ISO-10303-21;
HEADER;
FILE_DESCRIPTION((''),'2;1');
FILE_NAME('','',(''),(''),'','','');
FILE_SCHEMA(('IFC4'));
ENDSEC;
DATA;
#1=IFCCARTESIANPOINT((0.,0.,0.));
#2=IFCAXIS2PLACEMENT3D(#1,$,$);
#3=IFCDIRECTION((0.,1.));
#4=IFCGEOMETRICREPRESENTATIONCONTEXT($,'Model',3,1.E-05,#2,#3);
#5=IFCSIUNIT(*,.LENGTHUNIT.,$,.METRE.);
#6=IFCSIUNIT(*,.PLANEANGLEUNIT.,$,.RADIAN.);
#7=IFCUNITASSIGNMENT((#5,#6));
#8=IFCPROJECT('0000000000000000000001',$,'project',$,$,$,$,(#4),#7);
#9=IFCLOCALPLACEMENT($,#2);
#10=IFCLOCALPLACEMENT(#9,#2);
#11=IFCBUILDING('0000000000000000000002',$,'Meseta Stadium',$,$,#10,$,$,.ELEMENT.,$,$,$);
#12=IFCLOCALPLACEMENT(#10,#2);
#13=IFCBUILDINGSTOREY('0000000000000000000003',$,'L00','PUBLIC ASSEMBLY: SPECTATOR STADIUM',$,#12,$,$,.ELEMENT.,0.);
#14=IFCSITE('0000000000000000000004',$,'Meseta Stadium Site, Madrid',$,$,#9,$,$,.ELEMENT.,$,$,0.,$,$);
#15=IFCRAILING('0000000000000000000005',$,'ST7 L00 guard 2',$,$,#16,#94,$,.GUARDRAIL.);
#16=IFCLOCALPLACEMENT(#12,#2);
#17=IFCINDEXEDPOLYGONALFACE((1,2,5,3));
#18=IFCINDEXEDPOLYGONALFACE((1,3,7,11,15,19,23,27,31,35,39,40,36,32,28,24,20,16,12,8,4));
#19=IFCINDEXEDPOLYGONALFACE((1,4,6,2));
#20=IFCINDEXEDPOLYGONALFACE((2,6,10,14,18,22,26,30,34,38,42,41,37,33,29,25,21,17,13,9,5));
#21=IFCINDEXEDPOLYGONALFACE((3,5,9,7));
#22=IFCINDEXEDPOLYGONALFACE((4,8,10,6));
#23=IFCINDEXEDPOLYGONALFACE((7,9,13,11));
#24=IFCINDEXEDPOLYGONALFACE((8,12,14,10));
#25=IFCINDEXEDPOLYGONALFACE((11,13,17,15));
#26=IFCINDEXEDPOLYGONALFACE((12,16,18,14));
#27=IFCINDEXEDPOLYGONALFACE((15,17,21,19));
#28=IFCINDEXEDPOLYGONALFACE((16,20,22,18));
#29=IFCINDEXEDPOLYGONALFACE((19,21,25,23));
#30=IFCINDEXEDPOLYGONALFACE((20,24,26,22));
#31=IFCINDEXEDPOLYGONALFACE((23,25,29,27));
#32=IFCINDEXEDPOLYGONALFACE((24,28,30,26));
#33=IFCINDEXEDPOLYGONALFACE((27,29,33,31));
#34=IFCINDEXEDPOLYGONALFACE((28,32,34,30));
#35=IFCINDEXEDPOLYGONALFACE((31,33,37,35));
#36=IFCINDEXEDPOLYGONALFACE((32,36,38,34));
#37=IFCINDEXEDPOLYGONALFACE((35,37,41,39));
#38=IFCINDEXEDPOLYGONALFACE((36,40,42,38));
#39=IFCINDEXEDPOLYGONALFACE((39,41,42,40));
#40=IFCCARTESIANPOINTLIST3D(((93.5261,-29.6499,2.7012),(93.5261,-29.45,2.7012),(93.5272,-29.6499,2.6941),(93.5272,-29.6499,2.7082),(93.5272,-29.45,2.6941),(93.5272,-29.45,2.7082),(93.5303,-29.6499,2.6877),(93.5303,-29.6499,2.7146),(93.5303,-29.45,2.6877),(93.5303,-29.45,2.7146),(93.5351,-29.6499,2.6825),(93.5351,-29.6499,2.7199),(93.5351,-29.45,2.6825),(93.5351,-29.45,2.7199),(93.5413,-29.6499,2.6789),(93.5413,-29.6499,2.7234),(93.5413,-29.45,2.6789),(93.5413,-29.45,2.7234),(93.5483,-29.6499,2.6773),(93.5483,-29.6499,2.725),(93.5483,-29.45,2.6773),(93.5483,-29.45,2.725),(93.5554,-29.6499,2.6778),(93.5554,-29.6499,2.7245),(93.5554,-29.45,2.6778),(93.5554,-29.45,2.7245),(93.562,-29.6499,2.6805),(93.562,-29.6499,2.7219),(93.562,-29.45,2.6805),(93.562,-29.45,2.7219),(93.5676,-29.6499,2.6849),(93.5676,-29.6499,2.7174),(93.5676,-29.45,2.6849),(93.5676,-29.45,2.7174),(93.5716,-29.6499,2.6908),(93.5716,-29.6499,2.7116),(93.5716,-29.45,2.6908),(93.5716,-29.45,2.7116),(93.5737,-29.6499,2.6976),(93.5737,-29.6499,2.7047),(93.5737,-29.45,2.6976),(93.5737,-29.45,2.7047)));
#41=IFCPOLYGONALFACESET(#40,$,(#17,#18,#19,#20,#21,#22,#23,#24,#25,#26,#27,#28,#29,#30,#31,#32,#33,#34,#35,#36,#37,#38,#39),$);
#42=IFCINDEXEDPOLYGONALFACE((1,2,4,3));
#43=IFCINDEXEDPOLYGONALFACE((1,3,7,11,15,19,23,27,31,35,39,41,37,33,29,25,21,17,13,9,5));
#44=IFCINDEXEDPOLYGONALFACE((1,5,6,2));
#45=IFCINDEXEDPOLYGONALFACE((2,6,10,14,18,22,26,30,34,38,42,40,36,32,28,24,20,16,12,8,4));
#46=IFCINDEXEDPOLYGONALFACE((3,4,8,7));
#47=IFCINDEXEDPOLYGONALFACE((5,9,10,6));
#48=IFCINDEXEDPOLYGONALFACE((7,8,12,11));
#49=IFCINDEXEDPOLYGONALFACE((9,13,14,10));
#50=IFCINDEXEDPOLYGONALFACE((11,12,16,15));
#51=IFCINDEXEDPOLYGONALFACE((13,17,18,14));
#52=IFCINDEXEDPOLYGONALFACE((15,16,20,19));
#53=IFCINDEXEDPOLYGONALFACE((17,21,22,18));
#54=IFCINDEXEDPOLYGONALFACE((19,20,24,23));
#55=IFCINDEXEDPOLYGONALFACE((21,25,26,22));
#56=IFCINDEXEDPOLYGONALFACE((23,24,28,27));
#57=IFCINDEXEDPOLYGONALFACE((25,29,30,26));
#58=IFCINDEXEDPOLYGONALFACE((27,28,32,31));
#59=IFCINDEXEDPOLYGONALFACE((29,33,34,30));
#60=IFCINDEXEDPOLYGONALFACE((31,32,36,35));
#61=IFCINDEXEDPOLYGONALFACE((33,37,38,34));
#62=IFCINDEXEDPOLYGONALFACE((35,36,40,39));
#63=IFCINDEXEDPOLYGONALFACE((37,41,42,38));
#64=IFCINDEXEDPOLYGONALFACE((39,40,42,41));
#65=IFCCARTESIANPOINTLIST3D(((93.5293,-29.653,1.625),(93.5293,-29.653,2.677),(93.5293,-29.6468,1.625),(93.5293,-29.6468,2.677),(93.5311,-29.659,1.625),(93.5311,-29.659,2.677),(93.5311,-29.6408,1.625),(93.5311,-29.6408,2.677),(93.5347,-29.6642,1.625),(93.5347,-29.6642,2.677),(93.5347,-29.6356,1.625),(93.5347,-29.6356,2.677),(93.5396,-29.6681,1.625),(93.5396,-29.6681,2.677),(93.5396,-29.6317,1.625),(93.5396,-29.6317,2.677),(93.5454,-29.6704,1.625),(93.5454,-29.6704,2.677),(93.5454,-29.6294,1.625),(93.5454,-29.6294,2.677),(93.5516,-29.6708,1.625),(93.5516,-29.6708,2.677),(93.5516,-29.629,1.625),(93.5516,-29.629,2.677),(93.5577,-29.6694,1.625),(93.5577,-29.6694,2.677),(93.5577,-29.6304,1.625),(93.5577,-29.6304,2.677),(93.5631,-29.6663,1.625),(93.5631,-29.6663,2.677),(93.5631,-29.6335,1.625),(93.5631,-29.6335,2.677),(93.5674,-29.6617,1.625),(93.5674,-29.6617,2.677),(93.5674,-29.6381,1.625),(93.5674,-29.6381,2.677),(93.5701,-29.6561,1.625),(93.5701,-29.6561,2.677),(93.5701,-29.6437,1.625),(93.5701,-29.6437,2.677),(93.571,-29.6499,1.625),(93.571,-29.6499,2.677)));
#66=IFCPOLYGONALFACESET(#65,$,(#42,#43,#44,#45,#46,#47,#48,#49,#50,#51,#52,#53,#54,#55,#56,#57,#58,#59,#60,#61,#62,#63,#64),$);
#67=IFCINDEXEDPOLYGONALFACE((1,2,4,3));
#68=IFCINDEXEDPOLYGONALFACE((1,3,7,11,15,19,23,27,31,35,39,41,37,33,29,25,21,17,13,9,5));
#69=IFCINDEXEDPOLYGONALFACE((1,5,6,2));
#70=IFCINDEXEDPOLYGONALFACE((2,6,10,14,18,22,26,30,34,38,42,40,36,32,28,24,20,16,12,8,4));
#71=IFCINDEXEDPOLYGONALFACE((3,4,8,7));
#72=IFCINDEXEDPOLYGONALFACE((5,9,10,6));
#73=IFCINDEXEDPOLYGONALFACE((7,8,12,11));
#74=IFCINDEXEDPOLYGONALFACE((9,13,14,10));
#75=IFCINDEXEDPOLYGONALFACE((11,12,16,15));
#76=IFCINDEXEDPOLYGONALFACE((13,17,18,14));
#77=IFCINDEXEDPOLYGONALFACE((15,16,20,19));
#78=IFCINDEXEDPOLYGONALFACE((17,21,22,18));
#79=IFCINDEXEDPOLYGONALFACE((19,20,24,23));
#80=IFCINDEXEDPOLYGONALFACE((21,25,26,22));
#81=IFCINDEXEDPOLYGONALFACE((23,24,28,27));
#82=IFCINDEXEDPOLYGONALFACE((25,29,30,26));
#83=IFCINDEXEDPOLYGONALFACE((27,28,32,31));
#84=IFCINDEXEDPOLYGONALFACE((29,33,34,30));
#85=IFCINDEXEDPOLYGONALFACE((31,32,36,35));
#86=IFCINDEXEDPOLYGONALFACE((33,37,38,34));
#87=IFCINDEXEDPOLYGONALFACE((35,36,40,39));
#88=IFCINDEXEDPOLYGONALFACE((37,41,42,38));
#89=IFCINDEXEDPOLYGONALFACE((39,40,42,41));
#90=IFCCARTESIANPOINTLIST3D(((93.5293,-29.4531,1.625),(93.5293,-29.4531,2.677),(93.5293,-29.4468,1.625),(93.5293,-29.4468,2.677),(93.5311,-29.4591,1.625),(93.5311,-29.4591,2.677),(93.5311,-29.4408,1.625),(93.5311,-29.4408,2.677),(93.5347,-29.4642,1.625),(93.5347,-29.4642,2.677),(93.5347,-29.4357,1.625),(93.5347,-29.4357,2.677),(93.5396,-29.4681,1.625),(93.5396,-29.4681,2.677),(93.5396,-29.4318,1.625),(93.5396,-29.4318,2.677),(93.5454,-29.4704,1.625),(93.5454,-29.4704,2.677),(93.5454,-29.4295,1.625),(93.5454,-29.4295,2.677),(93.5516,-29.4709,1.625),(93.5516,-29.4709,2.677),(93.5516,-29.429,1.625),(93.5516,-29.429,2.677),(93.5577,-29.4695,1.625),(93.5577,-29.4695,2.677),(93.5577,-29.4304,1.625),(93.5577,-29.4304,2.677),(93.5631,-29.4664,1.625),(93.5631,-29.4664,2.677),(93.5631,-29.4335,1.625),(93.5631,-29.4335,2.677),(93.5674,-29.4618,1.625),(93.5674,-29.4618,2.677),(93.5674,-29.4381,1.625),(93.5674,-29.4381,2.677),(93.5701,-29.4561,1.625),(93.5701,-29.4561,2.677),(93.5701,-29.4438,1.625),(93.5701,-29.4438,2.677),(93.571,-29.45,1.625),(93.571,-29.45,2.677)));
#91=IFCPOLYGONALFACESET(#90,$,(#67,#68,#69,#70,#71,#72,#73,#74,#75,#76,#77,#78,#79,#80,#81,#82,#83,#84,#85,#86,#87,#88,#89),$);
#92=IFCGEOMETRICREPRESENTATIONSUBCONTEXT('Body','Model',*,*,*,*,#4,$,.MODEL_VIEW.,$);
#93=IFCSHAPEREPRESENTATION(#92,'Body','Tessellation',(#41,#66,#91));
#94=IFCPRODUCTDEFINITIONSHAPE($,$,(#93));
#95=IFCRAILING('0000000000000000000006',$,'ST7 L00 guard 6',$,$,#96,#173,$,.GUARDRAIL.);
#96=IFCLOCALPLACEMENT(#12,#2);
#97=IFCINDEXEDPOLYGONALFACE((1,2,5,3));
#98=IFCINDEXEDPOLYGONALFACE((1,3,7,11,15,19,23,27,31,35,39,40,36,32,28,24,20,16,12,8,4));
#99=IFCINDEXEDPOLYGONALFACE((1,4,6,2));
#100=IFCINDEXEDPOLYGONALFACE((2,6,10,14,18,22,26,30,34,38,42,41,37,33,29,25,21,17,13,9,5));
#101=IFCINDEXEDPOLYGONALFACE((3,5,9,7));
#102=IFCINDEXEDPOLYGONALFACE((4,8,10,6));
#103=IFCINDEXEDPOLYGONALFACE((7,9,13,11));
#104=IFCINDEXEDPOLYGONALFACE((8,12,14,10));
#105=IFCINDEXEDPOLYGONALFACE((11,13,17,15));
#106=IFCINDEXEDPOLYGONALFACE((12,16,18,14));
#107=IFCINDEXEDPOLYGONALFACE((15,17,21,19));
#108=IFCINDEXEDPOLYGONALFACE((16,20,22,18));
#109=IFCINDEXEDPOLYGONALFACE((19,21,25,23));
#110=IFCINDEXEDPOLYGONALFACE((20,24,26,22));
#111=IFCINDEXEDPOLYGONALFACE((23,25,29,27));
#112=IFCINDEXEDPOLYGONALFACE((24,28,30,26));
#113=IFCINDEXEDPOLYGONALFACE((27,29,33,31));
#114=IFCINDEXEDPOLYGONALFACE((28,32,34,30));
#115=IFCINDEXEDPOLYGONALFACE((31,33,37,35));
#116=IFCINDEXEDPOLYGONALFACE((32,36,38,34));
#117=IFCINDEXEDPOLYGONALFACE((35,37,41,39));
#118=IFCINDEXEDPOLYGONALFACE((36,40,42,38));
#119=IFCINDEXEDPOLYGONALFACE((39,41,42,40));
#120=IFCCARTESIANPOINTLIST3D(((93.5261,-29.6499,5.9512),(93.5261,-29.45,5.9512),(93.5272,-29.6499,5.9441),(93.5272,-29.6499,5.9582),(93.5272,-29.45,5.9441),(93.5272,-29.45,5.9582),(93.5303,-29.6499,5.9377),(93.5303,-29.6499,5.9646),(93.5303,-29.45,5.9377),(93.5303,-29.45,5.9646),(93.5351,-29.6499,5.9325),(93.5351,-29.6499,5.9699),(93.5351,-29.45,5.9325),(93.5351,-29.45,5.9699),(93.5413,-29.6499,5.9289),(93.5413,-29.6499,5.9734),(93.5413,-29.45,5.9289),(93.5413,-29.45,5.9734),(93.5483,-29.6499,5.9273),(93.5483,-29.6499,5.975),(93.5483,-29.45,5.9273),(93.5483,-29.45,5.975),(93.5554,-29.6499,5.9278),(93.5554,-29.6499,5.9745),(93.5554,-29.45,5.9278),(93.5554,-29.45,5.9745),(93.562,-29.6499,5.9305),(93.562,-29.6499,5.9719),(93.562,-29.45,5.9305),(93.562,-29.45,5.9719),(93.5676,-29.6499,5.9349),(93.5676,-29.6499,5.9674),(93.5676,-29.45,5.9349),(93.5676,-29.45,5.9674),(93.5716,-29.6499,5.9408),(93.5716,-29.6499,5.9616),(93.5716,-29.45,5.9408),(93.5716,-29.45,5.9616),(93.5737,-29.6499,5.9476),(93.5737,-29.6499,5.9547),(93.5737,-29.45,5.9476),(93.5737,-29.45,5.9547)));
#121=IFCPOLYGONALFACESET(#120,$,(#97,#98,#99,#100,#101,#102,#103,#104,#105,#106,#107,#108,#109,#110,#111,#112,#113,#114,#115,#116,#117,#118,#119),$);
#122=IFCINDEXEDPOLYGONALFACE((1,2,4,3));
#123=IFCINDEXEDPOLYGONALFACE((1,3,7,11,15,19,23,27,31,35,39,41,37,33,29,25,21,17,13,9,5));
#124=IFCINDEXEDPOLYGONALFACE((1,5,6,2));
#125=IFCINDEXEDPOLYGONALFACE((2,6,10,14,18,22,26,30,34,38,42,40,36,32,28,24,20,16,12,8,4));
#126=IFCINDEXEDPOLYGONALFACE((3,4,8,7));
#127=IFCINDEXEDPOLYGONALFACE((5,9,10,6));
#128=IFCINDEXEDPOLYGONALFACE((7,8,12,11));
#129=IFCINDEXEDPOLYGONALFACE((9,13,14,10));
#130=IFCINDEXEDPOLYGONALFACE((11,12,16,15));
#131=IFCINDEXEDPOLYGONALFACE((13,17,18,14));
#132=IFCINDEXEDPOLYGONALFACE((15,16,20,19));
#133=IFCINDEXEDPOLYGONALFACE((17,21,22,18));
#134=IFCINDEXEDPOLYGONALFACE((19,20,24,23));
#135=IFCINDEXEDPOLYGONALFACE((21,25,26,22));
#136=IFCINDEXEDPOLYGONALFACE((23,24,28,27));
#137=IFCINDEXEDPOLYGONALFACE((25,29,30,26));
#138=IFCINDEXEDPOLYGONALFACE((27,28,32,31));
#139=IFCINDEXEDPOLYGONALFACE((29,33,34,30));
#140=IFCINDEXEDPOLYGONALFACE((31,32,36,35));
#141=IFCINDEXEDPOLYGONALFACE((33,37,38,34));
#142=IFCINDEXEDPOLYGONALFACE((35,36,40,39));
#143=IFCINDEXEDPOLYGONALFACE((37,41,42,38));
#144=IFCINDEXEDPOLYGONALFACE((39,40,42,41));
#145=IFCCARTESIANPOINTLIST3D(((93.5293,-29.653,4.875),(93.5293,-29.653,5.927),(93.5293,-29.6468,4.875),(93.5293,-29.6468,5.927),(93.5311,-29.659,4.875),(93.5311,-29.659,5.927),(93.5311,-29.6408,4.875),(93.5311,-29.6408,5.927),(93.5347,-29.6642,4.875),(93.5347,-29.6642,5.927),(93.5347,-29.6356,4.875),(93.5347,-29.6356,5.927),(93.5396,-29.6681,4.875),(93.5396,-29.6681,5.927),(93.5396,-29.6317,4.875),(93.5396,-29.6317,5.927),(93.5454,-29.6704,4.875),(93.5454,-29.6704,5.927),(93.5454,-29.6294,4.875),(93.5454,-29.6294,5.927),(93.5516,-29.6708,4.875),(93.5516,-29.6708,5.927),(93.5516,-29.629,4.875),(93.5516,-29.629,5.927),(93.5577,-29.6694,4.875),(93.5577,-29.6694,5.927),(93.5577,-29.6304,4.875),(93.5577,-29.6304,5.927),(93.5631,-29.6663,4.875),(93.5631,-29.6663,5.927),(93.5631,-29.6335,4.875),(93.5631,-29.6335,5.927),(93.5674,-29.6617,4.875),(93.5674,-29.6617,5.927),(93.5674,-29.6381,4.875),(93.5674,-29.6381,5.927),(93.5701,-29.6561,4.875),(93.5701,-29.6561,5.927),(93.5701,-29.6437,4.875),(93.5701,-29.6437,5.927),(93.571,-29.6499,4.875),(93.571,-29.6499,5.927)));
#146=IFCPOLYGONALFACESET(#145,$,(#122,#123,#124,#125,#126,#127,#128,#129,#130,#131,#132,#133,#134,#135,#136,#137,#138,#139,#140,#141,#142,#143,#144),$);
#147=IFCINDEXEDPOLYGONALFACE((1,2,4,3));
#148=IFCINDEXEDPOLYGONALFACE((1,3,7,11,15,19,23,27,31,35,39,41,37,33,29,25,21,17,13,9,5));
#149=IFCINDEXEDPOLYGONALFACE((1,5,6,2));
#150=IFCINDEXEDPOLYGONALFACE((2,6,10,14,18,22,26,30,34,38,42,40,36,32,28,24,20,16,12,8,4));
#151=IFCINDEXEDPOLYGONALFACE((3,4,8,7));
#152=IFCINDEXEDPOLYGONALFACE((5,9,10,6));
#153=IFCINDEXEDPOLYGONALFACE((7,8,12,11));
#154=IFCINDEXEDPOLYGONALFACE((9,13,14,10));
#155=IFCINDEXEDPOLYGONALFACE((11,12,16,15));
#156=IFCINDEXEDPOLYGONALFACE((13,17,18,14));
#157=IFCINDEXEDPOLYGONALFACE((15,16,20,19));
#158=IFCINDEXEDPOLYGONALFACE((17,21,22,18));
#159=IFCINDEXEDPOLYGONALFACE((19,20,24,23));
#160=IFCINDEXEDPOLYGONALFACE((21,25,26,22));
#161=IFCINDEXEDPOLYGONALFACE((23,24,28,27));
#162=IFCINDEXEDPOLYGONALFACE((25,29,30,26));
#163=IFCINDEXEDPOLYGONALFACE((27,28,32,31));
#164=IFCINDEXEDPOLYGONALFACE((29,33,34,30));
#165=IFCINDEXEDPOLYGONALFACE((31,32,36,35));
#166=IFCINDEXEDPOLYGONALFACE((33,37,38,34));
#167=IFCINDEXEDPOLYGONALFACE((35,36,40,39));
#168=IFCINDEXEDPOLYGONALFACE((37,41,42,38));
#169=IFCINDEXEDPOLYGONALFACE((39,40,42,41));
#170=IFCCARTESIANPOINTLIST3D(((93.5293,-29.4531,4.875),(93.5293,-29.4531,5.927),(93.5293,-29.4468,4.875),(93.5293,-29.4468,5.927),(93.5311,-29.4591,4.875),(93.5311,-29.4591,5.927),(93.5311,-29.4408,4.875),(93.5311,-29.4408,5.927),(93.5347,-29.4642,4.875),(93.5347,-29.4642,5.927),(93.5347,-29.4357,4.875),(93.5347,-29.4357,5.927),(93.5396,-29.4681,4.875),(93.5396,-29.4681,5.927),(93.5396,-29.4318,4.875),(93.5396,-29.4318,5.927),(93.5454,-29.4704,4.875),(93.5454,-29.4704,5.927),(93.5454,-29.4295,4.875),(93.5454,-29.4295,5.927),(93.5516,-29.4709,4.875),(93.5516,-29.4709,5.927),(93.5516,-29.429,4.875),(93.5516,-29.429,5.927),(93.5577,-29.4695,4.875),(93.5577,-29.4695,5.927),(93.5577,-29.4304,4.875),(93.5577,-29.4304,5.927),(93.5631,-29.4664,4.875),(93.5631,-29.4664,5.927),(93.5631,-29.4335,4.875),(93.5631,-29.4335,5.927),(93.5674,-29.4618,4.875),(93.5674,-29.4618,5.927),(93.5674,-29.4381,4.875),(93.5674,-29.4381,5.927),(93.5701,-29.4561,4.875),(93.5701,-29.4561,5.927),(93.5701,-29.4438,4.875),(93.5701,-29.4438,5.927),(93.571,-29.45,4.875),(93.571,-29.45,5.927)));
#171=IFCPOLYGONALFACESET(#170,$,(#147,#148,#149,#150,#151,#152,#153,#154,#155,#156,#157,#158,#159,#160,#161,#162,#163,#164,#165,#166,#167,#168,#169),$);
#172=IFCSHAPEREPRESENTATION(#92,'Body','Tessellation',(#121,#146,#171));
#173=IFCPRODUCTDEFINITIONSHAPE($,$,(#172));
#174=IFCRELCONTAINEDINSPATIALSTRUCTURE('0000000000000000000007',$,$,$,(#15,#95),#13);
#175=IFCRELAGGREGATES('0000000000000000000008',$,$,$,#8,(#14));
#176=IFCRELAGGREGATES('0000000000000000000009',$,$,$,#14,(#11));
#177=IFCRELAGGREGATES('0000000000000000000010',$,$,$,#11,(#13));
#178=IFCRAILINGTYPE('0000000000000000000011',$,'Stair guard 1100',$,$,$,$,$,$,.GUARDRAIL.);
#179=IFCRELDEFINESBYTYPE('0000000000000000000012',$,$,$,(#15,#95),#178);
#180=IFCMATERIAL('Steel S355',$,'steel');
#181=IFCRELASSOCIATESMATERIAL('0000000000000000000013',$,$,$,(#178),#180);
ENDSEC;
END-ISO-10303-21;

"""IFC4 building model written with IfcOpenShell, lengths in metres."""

from ifc_helpers import new_model, si_unit, direction, frame, origin, origin_2d, place, context, subcontext, project, spatial, circle, extrude, material, type_object, element, save


model = new_model("IFC4")

# Units and contexts
model_context = context("Model", 3, precision=1e-05, world=origin(), true_north=direction((0.0, 1.0)))
body_context = subcontext(model_context, "Body", "Model", "MODEL_VIEW")
ifc_project = project(units=[si_unit("LENGTHUNIT", "METRE"), si_unit("PLANEANGLEUNIT", "RADIAN")], contexts=[model_context])

# Site, building, storey
site_placement = place(None, origin())
site = spatial("IfcSite", under=ifc_project, at=site_placement, Name="Meseta Stadium Site, Madrid", CompositionType="ELEMENT", RefElevation=0.0)
building_placement = place(site_placement, origin())
building = spatial("IfcBuilding", under=site, at=building_placement, Name="Meseta Stadium", CompositionType="ELEMENT")
storey_placement = place(building_placement, origin())
storey = spatial("IfcBuildingStorey", under=building, at=storey_placement, Name="L00", Description="PUBLIC ASSEMBLY: SPECTATOR STADIUM", CompositionType="ELEMENT", Elevation=0.0)

# Railings
ifc_material_1 = material(Name="Steel S355", Category="steel")
railing_type = type_object("IfcRailingType", Name="Stair guard 1100", PredefinedType="GUARDRAIL", material=ifc_material_1)
for number, where, name in (
    (1, (93.55, -29.6499, 1.625), "ST7 L00 guard 2"),
    (2, (93.55, -29.6499, 4.875), "ST7 L00 guard 6"),
):
    element("IfcRailing", number, at=place(storey_placement, frame(where)), inside=storey, type_object=railing_type, Name=name, PredefinedType="GUARDRAIL", context=body_context, shape_type="SweptSolid", body=[
        extrude(circle(Radius=0.0239, at=origin_2d()), frame((0.0, 0.0, 1.0762), z_axis=(0.0, 1.0, 0.0), x_axis=(-1.0, 0.0, 0.0)), (0.0, 0.0, 1.0), 0.2),
        extrude(circle(Radius=0.021, at=origin_2d()), origin(), (0.0, 0.0, 1.0), 1.052),
        extrude(circle(Radius=0.021, at=origin_2d()), frame((0.0, 0.2, 0.0)), (0.0, 0.0, 1.0), 1.052),
    ])

save(model, "model.ifc")
